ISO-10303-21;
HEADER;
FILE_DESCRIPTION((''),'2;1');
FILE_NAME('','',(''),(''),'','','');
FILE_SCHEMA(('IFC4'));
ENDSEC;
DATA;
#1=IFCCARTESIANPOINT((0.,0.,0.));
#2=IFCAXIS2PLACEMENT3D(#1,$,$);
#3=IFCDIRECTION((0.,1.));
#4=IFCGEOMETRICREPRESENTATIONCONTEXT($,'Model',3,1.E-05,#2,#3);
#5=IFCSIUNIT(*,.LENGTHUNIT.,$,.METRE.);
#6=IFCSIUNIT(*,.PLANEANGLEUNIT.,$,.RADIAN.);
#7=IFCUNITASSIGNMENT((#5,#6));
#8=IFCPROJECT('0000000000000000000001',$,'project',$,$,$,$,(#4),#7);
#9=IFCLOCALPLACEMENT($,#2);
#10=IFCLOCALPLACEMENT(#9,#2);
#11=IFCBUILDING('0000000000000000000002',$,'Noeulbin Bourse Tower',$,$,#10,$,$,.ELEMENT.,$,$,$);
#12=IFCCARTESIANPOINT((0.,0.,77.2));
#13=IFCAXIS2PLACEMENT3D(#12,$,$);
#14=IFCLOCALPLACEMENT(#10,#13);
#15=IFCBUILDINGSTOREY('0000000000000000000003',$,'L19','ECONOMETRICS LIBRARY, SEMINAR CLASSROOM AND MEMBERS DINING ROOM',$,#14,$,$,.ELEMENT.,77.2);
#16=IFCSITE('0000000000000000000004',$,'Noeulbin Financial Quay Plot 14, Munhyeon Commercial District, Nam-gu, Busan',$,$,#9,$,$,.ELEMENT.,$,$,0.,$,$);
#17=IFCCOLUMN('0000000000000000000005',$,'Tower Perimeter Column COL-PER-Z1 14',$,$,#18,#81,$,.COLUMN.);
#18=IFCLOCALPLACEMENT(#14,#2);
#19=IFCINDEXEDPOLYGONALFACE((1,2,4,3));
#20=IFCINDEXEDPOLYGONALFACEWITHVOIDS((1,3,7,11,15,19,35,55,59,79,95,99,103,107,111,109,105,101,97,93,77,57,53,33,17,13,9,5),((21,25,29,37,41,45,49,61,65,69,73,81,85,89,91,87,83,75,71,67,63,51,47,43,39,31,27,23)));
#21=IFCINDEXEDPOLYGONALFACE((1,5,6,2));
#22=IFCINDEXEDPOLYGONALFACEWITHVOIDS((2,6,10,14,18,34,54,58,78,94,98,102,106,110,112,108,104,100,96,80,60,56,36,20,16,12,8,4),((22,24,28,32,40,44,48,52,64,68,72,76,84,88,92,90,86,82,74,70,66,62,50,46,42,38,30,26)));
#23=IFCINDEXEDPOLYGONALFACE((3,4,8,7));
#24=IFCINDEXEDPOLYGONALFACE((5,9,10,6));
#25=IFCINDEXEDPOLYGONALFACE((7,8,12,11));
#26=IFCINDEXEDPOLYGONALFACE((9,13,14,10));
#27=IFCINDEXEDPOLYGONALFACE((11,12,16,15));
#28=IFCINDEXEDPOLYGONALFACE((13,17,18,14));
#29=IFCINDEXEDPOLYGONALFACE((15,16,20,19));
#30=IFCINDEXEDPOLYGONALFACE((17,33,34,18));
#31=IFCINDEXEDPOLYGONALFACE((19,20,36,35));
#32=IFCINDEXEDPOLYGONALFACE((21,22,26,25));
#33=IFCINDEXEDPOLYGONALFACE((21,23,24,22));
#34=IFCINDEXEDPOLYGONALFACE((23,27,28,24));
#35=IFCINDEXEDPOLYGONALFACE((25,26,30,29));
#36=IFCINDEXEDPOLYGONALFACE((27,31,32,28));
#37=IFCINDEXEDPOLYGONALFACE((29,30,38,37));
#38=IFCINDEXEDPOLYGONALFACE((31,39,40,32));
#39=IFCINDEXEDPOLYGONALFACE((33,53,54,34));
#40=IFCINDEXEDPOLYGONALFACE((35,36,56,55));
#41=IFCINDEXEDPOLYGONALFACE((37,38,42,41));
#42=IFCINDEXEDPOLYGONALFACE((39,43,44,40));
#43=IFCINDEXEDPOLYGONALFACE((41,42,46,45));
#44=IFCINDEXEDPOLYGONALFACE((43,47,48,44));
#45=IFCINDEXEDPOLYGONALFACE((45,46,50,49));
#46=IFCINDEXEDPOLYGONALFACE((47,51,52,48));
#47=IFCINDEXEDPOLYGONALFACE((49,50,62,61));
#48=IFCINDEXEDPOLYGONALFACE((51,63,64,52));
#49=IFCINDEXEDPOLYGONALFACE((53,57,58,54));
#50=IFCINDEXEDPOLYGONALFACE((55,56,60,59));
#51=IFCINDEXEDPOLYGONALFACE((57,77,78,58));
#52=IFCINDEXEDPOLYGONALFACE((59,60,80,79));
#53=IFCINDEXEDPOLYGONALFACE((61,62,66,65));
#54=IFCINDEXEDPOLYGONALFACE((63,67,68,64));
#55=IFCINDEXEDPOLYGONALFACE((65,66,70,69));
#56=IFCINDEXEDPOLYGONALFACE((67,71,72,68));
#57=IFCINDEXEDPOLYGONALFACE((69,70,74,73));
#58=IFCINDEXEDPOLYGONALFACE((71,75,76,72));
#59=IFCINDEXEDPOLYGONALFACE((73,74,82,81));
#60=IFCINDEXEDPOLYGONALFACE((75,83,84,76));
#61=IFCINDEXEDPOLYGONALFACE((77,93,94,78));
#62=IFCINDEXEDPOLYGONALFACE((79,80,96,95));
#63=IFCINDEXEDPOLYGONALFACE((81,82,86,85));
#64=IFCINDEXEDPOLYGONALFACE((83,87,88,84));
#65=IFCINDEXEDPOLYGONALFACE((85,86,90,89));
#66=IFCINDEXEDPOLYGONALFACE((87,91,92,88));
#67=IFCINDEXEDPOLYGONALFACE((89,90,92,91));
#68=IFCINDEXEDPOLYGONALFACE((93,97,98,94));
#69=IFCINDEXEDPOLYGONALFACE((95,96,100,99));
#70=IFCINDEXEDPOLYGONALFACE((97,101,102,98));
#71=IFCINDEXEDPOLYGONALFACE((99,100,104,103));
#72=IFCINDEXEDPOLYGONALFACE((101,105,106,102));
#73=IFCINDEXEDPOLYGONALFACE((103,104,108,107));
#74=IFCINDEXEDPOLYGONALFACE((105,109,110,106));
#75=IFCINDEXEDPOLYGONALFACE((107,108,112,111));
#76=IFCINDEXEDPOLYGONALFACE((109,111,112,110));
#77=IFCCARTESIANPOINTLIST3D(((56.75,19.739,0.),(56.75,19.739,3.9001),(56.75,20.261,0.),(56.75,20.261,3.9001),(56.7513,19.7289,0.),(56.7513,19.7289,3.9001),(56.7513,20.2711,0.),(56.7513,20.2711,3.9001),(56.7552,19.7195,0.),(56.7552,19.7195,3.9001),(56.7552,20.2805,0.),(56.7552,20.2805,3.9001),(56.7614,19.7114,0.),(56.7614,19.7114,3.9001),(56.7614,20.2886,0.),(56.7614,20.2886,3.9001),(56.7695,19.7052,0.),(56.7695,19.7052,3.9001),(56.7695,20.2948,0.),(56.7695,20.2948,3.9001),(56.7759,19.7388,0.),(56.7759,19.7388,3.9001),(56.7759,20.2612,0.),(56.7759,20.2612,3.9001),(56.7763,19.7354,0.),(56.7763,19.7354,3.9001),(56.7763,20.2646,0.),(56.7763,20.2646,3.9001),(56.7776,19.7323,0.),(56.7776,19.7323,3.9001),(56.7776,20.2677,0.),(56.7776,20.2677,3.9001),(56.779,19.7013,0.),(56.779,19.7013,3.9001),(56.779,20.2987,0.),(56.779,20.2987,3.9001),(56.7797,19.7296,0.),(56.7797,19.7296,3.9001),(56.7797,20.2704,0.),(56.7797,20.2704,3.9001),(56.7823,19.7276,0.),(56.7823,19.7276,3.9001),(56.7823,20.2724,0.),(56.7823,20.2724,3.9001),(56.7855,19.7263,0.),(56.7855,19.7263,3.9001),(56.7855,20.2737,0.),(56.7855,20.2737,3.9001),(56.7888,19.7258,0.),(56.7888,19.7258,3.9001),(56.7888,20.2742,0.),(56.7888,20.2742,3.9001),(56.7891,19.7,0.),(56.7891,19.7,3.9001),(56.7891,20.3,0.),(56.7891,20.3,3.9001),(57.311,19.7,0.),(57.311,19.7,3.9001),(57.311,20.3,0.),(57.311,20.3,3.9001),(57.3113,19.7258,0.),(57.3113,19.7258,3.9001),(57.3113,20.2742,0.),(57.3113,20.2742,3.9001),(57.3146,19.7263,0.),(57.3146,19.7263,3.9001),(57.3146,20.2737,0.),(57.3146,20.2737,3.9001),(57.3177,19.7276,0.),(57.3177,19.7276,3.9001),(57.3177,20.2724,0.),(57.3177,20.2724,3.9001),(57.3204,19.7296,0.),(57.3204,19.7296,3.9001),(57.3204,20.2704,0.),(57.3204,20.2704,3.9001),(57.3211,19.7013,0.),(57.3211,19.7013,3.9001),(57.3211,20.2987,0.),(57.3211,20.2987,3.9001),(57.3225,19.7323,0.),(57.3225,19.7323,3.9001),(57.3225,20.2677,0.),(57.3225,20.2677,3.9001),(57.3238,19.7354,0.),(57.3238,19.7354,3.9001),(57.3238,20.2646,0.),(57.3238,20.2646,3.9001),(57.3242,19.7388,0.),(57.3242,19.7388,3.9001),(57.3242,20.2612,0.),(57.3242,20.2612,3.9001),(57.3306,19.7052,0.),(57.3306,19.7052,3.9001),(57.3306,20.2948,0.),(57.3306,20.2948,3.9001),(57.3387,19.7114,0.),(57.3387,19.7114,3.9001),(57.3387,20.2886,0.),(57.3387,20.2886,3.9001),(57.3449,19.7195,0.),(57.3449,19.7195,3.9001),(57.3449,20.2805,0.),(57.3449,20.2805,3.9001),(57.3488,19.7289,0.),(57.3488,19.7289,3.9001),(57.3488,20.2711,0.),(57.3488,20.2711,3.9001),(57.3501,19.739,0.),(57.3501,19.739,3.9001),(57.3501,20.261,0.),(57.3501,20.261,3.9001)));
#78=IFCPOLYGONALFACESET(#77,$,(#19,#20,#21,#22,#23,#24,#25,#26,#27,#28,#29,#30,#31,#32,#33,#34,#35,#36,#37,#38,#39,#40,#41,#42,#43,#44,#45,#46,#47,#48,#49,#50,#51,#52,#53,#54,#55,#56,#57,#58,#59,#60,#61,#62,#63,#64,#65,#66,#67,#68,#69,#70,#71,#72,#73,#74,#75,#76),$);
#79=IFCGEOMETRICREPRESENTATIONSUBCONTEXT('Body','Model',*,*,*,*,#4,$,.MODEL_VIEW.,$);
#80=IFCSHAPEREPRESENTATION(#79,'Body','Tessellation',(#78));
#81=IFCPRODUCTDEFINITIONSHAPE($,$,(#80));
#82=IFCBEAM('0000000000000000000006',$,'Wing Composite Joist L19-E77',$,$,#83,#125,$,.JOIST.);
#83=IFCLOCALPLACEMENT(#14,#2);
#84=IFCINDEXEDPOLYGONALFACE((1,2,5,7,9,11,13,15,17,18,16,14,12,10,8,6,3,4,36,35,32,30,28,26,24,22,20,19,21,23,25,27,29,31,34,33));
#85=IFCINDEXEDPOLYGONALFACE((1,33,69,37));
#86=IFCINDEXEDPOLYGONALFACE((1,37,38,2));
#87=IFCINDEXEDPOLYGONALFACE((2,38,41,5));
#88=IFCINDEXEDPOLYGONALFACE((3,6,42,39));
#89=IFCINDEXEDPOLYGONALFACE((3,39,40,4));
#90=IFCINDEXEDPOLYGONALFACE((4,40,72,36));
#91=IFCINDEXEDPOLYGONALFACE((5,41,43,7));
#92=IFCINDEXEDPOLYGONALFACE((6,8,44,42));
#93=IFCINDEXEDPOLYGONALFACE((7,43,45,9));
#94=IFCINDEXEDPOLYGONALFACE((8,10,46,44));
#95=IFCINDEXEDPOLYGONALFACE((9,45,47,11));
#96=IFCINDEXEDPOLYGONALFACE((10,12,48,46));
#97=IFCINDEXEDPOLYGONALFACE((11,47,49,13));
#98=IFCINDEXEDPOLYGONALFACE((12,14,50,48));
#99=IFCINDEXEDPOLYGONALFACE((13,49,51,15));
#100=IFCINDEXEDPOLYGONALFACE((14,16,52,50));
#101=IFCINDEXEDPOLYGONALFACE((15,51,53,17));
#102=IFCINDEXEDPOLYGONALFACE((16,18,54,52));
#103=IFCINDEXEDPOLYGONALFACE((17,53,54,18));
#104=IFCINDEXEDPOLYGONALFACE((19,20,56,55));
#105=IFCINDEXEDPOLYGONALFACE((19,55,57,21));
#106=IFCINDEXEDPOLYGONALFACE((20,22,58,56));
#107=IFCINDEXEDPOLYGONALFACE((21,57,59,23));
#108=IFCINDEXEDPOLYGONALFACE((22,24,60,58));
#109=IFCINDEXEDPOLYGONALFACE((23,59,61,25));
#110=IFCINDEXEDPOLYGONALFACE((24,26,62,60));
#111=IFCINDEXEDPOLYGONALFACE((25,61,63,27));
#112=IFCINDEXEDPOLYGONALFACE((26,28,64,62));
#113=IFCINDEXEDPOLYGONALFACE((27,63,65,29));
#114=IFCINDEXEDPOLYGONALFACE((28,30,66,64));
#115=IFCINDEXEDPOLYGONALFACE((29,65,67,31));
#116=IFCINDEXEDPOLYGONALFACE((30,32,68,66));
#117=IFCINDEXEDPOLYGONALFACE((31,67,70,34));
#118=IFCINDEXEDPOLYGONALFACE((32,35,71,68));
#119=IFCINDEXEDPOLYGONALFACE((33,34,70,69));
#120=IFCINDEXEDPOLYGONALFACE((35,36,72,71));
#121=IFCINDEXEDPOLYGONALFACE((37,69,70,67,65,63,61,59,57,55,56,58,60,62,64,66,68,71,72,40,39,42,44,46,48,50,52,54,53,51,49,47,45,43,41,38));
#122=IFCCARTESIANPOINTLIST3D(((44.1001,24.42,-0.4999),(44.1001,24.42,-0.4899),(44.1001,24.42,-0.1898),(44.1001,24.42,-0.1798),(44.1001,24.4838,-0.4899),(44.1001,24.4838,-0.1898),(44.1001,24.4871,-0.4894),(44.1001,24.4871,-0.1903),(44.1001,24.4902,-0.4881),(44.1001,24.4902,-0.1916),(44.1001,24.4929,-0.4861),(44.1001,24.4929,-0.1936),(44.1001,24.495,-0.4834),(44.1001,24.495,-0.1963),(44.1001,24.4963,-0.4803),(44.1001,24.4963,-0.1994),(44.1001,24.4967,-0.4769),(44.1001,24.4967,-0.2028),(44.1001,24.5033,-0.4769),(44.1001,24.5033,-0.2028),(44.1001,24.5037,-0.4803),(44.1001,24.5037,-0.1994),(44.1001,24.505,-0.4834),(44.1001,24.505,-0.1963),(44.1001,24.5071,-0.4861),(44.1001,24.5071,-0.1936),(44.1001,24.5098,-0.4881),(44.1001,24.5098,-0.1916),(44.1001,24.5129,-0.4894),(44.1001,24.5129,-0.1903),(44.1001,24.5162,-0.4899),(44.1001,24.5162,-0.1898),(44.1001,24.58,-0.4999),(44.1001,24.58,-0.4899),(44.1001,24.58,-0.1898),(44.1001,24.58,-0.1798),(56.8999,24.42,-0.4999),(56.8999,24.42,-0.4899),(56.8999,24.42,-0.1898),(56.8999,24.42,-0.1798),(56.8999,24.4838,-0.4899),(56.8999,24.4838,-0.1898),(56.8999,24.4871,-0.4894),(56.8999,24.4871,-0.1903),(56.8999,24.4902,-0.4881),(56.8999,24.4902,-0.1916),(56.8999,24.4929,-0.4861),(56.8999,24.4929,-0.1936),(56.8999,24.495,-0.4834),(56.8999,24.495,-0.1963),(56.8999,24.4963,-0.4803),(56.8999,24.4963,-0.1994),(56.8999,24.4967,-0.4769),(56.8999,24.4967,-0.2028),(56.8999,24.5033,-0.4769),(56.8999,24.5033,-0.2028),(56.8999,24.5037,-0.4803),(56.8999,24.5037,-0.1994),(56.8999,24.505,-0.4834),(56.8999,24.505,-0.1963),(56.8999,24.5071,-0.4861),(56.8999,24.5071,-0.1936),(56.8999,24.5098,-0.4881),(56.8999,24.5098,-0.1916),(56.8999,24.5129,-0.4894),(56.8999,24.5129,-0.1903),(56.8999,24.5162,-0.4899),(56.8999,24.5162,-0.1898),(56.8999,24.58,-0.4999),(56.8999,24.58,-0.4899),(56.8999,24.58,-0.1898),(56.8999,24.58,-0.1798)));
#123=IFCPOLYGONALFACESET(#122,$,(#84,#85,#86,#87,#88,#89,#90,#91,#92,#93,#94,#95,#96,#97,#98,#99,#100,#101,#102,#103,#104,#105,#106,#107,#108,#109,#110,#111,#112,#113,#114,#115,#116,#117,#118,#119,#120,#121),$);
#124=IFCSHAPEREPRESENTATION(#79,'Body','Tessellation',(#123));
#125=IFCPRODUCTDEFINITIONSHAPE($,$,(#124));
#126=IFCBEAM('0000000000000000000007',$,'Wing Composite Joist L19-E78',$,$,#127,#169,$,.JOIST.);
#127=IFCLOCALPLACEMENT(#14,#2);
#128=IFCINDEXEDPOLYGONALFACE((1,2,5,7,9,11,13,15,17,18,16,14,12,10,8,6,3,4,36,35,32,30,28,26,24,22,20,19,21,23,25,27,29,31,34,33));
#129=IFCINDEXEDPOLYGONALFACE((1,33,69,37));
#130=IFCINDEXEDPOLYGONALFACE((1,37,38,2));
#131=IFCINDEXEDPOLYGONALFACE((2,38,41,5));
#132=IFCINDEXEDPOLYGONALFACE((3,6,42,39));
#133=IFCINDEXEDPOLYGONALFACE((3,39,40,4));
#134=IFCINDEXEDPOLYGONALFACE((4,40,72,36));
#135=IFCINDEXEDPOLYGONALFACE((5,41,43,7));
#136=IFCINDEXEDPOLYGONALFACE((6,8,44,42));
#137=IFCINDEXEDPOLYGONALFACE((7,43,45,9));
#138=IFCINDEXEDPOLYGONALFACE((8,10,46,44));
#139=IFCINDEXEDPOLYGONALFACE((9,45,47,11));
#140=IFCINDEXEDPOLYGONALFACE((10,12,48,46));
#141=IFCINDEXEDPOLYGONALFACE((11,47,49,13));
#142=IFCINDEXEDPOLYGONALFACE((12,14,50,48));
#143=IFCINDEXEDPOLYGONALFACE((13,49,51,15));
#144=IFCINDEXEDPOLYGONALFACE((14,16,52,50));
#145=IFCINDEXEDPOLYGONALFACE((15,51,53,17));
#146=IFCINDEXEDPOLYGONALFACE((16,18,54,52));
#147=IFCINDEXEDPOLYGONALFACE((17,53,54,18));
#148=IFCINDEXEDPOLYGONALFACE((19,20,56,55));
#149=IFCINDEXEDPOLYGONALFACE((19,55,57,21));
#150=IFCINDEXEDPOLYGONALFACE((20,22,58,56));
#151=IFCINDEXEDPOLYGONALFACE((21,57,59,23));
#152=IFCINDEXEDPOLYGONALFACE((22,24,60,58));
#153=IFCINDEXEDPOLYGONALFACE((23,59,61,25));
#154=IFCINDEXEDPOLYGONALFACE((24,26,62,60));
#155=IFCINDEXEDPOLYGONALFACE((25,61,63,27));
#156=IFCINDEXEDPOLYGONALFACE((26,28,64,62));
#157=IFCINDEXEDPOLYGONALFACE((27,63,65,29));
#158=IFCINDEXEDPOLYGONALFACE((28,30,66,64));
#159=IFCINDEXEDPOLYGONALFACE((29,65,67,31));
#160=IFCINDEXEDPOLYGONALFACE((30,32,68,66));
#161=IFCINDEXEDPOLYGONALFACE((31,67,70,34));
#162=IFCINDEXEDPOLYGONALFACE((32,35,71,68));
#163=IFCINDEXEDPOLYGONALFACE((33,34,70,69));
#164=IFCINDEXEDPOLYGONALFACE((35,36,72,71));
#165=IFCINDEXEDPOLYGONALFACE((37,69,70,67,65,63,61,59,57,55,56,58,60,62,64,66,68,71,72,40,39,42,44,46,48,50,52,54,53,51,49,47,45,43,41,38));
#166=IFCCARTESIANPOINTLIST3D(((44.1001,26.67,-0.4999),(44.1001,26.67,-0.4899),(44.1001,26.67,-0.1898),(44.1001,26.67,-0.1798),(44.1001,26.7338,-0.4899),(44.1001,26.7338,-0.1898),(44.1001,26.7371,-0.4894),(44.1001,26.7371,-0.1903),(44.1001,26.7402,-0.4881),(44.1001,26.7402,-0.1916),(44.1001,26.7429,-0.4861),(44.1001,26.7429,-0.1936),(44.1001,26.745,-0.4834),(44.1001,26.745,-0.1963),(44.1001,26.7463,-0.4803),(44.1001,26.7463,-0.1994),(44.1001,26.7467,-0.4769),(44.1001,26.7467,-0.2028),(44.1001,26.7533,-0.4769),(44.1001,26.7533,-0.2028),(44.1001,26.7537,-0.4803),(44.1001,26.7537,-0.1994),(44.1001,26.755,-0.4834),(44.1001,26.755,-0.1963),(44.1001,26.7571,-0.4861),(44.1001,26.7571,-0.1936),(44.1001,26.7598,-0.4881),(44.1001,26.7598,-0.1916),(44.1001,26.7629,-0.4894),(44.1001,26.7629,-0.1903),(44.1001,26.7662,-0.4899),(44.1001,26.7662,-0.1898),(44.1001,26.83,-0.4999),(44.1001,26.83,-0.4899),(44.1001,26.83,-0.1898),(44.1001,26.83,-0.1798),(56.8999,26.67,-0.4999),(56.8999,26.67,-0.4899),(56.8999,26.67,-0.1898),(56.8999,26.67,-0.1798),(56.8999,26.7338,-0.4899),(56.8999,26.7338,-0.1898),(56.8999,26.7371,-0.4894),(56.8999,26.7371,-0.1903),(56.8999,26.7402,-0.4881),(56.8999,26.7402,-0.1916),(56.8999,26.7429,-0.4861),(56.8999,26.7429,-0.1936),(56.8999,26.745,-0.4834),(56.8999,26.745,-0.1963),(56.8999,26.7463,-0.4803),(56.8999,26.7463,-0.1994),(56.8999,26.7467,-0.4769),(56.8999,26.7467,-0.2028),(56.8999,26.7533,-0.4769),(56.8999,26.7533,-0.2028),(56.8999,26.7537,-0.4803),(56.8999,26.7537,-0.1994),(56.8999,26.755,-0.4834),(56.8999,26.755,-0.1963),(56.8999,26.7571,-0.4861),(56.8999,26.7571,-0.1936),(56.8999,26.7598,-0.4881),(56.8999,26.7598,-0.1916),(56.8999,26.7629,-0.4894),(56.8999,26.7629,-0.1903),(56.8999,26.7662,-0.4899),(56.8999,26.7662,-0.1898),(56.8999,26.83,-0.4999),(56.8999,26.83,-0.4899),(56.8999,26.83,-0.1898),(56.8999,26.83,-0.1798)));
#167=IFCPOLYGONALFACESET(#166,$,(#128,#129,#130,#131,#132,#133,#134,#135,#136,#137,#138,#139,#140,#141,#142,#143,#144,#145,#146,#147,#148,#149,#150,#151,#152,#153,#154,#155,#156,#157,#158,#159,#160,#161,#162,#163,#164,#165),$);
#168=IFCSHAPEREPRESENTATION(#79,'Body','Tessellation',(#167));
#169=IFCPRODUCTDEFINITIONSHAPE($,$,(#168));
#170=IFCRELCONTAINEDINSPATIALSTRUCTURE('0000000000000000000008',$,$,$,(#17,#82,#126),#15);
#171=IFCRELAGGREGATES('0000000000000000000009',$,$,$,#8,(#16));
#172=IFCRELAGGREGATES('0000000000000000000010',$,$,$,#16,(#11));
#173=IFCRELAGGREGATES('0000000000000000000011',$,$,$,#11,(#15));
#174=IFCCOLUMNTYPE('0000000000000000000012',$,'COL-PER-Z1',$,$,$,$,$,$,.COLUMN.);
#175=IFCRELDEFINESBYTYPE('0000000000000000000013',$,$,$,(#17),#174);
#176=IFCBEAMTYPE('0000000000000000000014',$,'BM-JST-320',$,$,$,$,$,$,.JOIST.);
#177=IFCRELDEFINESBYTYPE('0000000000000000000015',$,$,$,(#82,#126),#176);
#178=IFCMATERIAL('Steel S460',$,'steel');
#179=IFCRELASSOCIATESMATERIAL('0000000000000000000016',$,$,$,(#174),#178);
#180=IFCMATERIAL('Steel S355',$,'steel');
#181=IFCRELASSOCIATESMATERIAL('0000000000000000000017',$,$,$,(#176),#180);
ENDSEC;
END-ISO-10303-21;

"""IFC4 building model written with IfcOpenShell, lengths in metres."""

from ifc_helpers import new_model, si_unit, direction, frame, origin, origin_2d, place, context, subcontext, project, spatial, hollow_rectangle, i_section, extrude, material, material_profile, profile_set, type_object, element, save


model = new_model("IFC4")

# Units and contexts
model_context = context("Model", 3, precision=1e-05, world=origin(), true_north=direction((0.0, 1.0)))
body_context = subcontext(model_context, "Body", "Model", "MODEL_VIEW")
ifc_project = project(units=[si_unit("LENGTHUNIT", "METRE"), si_unit("PLANEANGLEUNIT", "RADIAN")], contexts=[model_context])

# Site, building, storey
site_placement = place(None, origin())
site = spatial("IfcSite", under=ifc_project, at=site_placement, Name="Noeulbin Financial Quay Plot 14, Munhyeon Commercial District, Nam-gu, Busan", CompositionType="ELEMENT", RefElevation=0.0)
building_placement = place(site_placement, origin())
building = spatial("IfcBuilding", under=site, at=building_placement, Name="Noeulbin Bourse Tower", CompositionType="ELEMENT")
storey_placement = place(building_placement, frame((0.0, 0.0, 77.2)))
storey = spatial("IfcBuildingStorey", under=building, at=storey_placement, Name="L19", Description="ECONOMETRICS LIBRARY, SEMINAR CLASSROOM AND MEMBERS DINING ROOM", CompositionType="ELEMENT", Elevation=77.2)

# Column
ifc_material_1 = material(Name="Steel S460", Category="steel")
ifc_material_profile_1 = material_profile(ifc_material_1, hollow_rectangle(XDim=0.6001, YDim=0.6001, WallThickness=0.0259, InnerFilletRadius=0.0129, OuterFilletRadius=0.0391, at=origin_2d()), Name="BOX-600x600x26", Category="LoadBearing")
ifc_profile_set_1 = profile_set([ifc_material_profile_1], Name="Steel S460")
column_type = type_object("IfcColumnType", Name="COL-PER-Z1", PredefinedType="COLUMN", material=ifc_profile_set_1)
column_placement = place(storey_placement, frame((57.05, 20.0, 0.0), z_axis=(0.0, 0.0, 1.0), x_axis=(1.0, 0.0, 0.0)))
element("IfcColumn", 1, at=column_placement, inside=storey, type_object=column_type, Name="Tower Perimeter Column COL-PER-Z1 14", PredefinedType="COLUMN", context=body_context, shape_type="SweptSolid", body=[
    extrude(hollow_rectangle(XDim=0.6001, YDim=0.6001, WallThickness=0.0259, InnerFilletRadius=0.0129, OuterFilletRadius=0.0391, at=origin_2d()), origin(), (0.0, 0.0, 1.0), 3.9001),
])

# Beams
ifc_material_2 = material(Name="Steel S355", Category="steel")
ifc_material_profile_2 = material_profile(ifc_material_2, i_section(OverallWidth=0.1599, OverallDepth=0.3201, WebThickness=0.0066, FlangeThickness=0.01, FilletRadius=0.0129, at=origin_2d()), Name="H-320x160x6.5x10", Category="LoadBearing")
ifc_profile_set_2 = profile_set([ifc_material_profile_2], Name="Steel S355")
beam_type_1 = type_object("IfcBeamType", Name="BM-JST-320", PredefinedType="JOIST", material=ifc_profile_set_2)
for number, where, z_axis, x_axis, name in (
    (2, (44.1001, 24.5, -0.3398), (1.0, 0.0, 0.0), (0.0, 1.0, 0.0), "Wing Composite Joist L19-E77"),
    (3, (44.1001, 26.75, -0.3398), (1.0, 0.0, 0.0), (0.0, 1.0, 0.0), "Wing Composite Joist L19-E78"),
):
    element("IfcBeam", number, at=place(storey_placement, frame(where, z_axis=z_axis, x_axis=x_axis)), inside=storey, type_object=beam_type_1, Name=name, PredefinedType="JOIST", context=body_context, shape_type="SweptSolid", body=[
        extrude(i_section(OverallWidth=0.1599, OverallDepth=0.3201, WebThickness=0.0066, FlangeThickness=0.01, FilletRadius=0.0129, at=origin_2d()), origin(), (0.0, 0.0, 1.0), 12.7998),
    ])

save(model, "model.ifc")
